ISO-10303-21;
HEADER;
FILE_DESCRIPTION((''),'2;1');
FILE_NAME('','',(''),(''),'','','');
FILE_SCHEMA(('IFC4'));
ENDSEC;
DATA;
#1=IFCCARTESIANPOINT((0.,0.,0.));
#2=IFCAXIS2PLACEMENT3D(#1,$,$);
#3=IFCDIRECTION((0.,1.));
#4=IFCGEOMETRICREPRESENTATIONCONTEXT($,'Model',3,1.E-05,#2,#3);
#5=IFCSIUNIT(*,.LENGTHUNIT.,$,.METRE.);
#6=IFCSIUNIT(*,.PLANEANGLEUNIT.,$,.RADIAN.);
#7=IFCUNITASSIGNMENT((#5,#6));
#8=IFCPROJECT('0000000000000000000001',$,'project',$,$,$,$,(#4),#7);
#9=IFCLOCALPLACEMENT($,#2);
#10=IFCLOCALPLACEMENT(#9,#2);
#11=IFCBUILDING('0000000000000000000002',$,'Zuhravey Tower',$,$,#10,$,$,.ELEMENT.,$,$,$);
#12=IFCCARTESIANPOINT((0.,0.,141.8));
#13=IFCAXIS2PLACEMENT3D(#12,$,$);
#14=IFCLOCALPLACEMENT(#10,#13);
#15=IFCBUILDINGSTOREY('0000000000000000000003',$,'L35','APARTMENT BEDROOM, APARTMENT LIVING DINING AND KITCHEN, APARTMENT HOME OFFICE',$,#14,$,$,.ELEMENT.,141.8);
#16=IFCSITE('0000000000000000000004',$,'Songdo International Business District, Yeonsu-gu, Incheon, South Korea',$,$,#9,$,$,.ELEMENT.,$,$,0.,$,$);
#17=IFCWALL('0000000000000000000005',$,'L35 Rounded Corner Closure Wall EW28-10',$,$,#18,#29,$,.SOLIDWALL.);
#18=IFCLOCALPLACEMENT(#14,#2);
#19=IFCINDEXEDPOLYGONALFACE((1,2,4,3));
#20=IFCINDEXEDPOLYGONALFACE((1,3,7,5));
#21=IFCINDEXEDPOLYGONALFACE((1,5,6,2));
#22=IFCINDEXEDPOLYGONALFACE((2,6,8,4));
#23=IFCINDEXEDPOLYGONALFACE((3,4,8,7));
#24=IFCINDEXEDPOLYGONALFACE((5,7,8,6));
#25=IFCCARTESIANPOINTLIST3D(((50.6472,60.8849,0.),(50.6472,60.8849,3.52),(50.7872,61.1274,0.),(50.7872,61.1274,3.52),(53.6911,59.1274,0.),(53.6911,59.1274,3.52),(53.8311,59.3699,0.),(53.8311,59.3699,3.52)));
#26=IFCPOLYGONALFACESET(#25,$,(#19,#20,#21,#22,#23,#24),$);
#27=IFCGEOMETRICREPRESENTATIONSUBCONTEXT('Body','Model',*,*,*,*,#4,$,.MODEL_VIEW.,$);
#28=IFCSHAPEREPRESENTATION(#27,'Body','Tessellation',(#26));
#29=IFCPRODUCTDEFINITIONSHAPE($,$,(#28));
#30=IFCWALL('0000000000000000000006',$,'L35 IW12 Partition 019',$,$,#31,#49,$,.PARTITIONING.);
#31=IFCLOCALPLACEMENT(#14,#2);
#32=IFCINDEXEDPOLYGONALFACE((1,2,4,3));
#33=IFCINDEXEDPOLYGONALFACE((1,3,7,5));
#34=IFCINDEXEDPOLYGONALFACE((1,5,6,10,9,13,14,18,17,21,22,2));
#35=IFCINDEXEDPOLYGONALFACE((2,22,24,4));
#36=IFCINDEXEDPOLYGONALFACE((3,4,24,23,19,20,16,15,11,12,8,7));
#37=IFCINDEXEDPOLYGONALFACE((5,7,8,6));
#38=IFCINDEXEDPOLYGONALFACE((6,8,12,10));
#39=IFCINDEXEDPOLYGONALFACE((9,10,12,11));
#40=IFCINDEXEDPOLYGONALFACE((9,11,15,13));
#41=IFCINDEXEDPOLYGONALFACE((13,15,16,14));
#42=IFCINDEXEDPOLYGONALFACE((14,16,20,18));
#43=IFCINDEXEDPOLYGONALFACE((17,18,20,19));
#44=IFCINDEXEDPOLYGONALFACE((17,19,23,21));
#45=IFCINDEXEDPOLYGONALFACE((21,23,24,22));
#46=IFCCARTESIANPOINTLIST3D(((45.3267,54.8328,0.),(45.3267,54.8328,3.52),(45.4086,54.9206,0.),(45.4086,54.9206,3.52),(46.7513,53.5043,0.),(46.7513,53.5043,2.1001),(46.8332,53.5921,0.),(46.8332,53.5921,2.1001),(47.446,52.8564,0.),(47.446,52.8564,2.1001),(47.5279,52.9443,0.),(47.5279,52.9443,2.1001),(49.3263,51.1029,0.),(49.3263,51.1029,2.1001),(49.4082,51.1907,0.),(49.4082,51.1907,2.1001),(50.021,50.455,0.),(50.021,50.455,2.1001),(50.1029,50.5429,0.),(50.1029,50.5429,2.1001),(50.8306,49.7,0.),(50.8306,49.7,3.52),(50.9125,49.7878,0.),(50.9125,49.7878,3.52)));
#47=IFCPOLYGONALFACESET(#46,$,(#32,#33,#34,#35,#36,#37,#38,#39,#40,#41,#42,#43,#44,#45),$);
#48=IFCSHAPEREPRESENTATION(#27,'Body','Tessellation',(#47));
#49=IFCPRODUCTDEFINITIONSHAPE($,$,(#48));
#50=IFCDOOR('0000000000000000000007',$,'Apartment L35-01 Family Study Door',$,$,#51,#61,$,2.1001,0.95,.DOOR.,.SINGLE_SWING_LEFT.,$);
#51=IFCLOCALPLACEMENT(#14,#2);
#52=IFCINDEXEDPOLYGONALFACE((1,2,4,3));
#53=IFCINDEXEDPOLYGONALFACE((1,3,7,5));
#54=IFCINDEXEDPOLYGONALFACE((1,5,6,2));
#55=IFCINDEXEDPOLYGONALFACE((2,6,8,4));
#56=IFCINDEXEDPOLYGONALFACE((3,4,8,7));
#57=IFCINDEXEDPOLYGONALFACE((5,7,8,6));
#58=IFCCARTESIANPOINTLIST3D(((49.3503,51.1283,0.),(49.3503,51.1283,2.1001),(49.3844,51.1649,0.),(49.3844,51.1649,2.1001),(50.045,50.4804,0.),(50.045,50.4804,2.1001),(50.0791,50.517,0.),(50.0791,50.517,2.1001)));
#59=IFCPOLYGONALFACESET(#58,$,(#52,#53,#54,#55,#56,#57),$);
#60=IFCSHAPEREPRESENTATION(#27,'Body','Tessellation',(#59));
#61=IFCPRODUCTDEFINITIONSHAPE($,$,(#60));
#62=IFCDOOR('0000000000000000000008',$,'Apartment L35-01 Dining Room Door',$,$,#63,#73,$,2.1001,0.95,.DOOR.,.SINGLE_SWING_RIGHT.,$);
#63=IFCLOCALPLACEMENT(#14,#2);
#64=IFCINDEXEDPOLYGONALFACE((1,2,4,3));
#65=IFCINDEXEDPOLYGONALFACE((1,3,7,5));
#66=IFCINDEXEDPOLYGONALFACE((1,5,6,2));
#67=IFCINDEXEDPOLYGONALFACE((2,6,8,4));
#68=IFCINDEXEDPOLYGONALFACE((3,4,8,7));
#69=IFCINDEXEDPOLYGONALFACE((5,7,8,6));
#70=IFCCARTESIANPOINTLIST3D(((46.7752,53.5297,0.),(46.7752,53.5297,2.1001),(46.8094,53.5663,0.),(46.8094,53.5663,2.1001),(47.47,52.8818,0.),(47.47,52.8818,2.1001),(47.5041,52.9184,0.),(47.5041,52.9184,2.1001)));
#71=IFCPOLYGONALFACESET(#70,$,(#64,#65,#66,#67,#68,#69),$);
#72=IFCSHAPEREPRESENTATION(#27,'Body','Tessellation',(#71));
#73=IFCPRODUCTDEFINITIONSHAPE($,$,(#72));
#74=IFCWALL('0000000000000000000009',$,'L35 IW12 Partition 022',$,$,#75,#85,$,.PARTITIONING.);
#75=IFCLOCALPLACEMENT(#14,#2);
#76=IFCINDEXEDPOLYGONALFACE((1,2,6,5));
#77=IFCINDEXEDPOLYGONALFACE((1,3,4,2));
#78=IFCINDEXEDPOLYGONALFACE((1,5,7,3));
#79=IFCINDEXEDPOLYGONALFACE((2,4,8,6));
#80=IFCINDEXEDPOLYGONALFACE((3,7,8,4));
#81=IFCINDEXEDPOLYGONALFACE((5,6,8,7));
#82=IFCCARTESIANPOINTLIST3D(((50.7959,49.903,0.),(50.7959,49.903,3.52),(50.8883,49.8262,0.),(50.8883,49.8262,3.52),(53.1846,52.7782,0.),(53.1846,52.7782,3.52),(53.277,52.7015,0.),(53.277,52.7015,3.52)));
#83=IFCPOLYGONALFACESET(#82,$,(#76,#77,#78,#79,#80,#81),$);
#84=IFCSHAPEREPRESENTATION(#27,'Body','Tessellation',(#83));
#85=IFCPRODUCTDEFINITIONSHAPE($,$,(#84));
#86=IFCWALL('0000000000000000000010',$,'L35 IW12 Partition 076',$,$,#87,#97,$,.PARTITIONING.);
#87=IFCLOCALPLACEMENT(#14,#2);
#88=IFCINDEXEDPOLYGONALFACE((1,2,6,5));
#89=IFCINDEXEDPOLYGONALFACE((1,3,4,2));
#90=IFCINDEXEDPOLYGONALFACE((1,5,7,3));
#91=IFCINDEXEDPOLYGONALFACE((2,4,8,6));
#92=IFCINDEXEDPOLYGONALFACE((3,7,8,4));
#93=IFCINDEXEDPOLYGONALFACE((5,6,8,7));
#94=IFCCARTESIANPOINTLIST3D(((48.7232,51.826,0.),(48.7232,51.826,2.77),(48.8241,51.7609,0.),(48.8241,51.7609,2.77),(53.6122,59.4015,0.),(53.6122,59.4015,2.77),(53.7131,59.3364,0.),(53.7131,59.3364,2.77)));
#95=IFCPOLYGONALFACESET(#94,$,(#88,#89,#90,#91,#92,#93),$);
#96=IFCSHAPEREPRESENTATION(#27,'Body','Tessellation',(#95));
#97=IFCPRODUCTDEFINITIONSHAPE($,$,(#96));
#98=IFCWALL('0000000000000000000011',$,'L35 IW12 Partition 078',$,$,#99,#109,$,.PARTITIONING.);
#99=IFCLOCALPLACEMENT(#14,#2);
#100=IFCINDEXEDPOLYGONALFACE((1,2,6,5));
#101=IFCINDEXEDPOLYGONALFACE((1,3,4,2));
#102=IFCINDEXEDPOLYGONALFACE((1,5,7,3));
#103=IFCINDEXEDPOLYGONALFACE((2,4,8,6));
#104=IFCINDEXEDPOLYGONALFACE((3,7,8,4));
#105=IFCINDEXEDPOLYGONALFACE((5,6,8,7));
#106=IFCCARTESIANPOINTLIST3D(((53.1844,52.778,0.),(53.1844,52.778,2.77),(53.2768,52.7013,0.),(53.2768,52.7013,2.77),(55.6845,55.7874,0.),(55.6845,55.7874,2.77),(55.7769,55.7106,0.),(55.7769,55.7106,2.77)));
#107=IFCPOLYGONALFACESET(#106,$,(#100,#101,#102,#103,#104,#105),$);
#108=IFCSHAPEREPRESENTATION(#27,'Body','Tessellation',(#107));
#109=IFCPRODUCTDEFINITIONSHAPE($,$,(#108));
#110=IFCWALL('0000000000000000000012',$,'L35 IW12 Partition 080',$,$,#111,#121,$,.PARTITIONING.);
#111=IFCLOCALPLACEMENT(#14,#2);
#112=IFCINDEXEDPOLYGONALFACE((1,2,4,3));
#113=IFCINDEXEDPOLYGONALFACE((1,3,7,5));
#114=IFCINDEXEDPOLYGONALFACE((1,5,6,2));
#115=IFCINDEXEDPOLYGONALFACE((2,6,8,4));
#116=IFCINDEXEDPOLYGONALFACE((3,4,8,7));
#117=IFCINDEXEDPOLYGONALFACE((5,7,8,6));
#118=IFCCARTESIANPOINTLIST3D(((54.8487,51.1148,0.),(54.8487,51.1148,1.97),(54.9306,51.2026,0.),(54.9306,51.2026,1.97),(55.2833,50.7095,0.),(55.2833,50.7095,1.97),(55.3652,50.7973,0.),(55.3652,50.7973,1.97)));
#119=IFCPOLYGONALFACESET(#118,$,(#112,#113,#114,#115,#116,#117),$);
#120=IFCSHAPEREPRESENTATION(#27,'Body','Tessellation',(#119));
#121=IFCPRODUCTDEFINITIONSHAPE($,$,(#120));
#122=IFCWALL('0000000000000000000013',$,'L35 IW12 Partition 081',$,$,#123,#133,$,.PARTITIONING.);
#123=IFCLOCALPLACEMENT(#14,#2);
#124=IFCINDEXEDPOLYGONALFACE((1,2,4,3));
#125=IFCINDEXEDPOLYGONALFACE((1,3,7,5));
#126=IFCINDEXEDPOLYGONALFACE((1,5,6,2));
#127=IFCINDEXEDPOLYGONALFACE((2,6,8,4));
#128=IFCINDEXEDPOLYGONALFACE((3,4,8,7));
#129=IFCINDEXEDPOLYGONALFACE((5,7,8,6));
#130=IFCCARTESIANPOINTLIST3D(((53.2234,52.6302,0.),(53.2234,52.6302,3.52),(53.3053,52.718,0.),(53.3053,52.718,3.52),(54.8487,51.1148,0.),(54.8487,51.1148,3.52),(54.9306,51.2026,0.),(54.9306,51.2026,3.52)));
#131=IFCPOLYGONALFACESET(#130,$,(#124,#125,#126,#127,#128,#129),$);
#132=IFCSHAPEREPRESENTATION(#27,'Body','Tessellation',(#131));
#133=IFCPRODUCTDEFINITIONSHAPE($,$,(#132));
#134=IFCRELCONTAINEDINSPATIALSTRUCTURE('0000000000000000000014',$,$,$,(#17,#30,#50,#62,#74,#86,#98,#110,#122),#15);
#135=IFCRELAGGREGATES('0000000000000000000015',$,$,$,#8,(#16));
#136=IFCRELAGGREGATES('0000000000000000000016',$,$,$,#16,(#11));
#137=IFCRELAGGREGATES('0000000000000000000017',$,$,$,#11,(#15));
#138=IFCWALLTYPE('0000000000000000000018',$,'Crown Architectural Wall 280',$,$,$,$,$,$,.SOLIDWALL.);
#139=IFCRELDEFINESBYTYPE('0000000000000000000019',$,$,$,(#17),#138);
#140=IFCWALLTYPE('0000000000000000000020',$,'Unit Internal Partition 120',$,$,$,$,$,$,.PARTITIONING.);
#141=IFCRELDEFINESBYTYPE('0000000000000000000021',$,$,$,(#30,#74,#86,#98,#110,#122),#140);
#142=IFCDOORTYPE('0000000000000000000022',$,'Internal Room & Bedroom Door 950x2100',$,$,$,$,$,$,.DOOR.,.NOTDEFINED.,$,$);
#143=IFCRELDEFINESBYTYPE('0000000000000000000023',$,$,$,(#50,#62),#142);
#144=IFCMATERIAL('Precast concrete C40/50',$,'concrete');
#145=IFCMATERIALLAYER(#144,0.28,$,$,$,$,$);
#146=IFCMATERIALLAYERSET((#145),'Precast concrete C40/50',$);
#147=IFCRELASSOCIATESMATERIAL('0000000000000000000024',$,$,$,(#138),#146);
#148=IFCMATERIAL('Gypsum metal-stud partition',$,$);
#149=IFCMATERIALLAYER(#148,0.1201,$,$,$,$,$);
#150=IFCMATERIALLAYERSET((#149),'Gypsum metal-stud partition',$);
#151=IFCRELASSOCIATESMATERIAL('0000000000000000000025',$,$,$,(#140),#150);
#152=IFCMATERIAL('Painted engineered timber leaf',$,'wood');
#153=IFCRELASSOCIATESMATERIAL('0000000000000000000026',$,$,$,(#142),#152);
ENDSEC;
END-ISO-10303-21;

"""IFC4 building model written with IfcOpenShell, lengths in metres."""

from ifc_helpers import new_model, si_unit, direction, frame, frame_2d, origin, place, context, subcontext, project, spatial, rectangle, extrude, material, layer, layer_set, type_object, element, fill, save


model = new_model("IFC4")

# Units and contexts
model_context = context("Model", 3, precision=1e-05, world=origin(), true_north=direction((0.0, 1.0)))
body_context = subcontext(model_context, "Body", "Model", "MODEL_VIEW")
ifc_project = project(units=[si_unit("LENGTHUNIT", "METRE"), si_unit("PLANEANGLEUNIT", "RADIAN")], contexts=[model_context])

# Site, building, storey
site_placement = place(None, origin())
site = spatial("IfcSite", under=ifc_project, at=site_placement, Name="Songdo International Business District, Yeonsu-gu, Incheon, South Korea", CompositionType="ELEMENT", RefElevation=0.0)
building_placement = place(site_placement, origin())
building = spatial("IfcBuilding", under=site, at=building_placement, Name="Zuhravey Tower", CompositionType="ELEMENT")
storey_placement = place(building_placement, frame((0.0, 0.0, 141.8)))
storey = spatial("IfcBuildingStorey", under=building, at=storey_placement, Name="L35", Description="APARTMENT BEDROOM, APARTMENT LIVING DINING AND KITCHEN, APARTMENT HOME OFFICE", CompositionType="ELEMENT", Elevation=141.8)

# Wall
ifc_material_1 = material(Name="Precast concrete C40/50", Category="concrete")
ifc_layer_1 = layer(ifc_material_1, 0.28)
ifc_layer_set_1 = layer_set([ifc_layer_1], Name="Precast concrete C40/50")
wall_type_1 = type_object("IfcWallType", Name="Crown Architectural Wall 280", PredefinedType="SOLIDWALL", material=ifc_layer_set_1)
wall_1_placement = place(storey_placement, frame((50.7173, 61.0061, 0.0), z_axis=(0.0, 0.0, 1.0), x_axis=(0.866007, -0.500031, 0.0)))
element("IfcWall", 1, at=wall_1_placement, inside=storey, type_object=wall_type_1, Name="L35 Rounded Corner Closure Wall EW28-10", PredefinedType="SOLIDWALL", context=body_context, shape_type="SweptSolid", body=[
    extrude(rectangle(XDim=3.5149, YDim=0.28, at=frame_2d((1.7573, 0.0))), origin(), (0.0, 0.0, 1.0), 3.52),
])

# Wall, openings, doors
ifc_material_2 = material(Name="Gypsum metal-stud partition")
ifc_layer_2 = layer(ifc_material_2, 0.1201)
ifc_layer_set_2 = layer_set([ifc_layer_2], Name="Gypsum metal-stud partition")
wall_type_2 = type_object("IfcWallType", Name="Unit Internal Partition 120", PredefinedType="PARTITIONING", material=ifc_layer_set_2)
wall_2_placement = place(storey_placement, frame((50.8716, 49.7439, 0.0), z_axis=(0.0, 0.0, 1.0), x_axis=(-0.731331, 0.682022, 0.0)))
wall_2 = element("IfcWall", 2, at=wall_2_placement, inside=storey, type_object=wall_type_2, Name="L35 IW12 Partition 019", PredefinedType="PARTITIONING", context=body_context, shape_type="SweptSolid", body=[
    extrude(rectangle(XDim=7.5259, YDim=0.1201, at=frame_2d((3.7629, 0.0))), origin(), (0.0, 0.0, 1.0), 3.52),
])
opening_1_placement = place(wall_2_placement, frame((1.1069, 0.0, 0.0)))
opening_1 = element("IfcOpeningElement", 3, at=opening_1_placement, cuts=wall_2, PredefinedType="OPENING", context=body_context, shape_type="SweptSolid", body=[
    extrude(rectangle(XDim=0.95, YDim=2.1001, at=frame_2d((0.4751, 1.05))), frame((0.0, 0.072, 0.0), z_axis=(0.0, -1.0, 0.0), x_axis=(1.0, 0.0, 0.0)), (0.0, 0.0, 1.0), 0.144),
])
opening_2_placement = place(wall_2_placement, frame((4.6279, 0.0, 0.0)))
opening_2 = element("IfcOpeningElement", 4, at=opening_2_placement, cuts=wall_2, PredefinedType="OPENING", context=body_context, shape_type="SweptSolid", body=[
    extrude(rectangle(XDim=0.95, YDim=2.1001, at=frame_2d((0.4751, 1.05))), frame((0.0, 0.072, 0.0), z_axis=(0.0, -1.0, 0.0), x_axis=(1.0, 0.0, 0.0)), (0.0, 0.0, 1.0), 0.144),
])
ifc_material_3 = material(Name="Painted engineered timber leaf", Category="wood")
door_type = type_object("IfcDoorType", Name="Internal Room & Bedroom Door 950x2100", OperationType="NOTDEFINED", PredefinedType="DOOR", material=ifc_material_3)
door_1_placement = place(opening_1_placement, frame((0.95, 0.0, 0.0), z_axis=(0.0, 0.0, 1.0), x_axis=(-1.0, 0.0, 0.0)))
door_1 = element("IfcDoor", 5, at=door_1_placement, inside=storey, type_object=door_type, Name="Apartment L35-01 Family Study Door", OperationType="SINGLE_SWING_LEFT", OverallHeight=2.1001, OverallWidth=0.95, PredefinedType="DOOR", context=body_context, shape_type="SweptSolid", body=[
    extrude(rectangle(XDim=0.95, YDim=2.1001, at=frame_2d((0.4751, 1.05))), frame((0.0, 0.0249, 0.0), z_axis=(0.0, -1.0, 0.0), x_axis=(1.0, 0.0, 0.0)), (0.0, 0.0, 1.0), 0.05),
])
fill(opening_1, door_1)
door_2_placement = place(opening_2_placement, frame((0.95, 0.0, 0.0), z_axis=(0.0, 0.0, 1.0), x_axis=(-1.0, 0.0, 0.0)))
door_2 = element("IfcDoor", 6, at=door_2_placement, inside=storey, type_object=door_type, Name="Apartment L35-01 Dining Room Door", OperationType="SINGLE_SWING_RIGHT", OverallHeight=2.1001, OverallWidth=0.95, PredefinedType="DOOR", context=body_context, shape_type="SweptSolid", body=[
    extrude(rectangle(XDim=0.95, YDim=2.1001, at=frame_2d((0.4751, 1.05))), frame((0.0, 0.0249, 0.0), z_axis=(0.0, -1.0, 0.0), x_axis=(1.0, 0.0, 0.0)), (0.0, 0.0, 1.0), 0.05),
])
fill(opening_2, door_2)

# Walls
wall_3_placement = place(storey_placement, frame((50.842, 49.8645, 0.0), z_axis=(0.0, 0.0, 1.0), x_axis=(0.639021, 0.769189, 0.0)))
element("IfcWall", 7, at=wall_3_placement, inside=storey, type_object=wall_type_2, Name="L35 IW12 Partition 022", PredefinedType="PARTITIONING", context=body_context, shape_type="SweptSolid", body=[
    extrude(rectangle(XDim=3.738, YDim=0.1201, at=frame_2d((1.8691, 0.0))), origin(), (0.0, 0.0, 1.0), 3.52),
])
wall_4_placement = place(storey_placement, frame((48.7737, 51.7935, 0.0), z_axis=(0.0, 0.0, 1.0), x_axis=(0.542247, 0.840219, 0.0)))
element("IfcWall", 8, at=wall_4_placement, inside=storey, type_object=wall_type_2, Name="L35 IW12 Partition 076", PredefinedType="PARTITIONING", context=body_context, shape_type="SweptSolid", body=[
    extrude(rectangle(XDim=9.0161, YDim=0.1201, at=frame_2d((4.5081, 0.0))), origin(), (0.0, 0.0, 1.0), 2.77),
])
wall_5_placement = place(storey_placement, frame((53.2307, 52.7397, 0.0), z_axis=(0.0, 0.0, 1.0), x_axis=(0.639017, 0.769192, 0.0)))
element("IfcWall", 9, at=wall_5_placement, inside=storey, type_object=wall_type_2, Name="L35 IW12 Partition 078", PredefinedType="PARTITIONING", context=body_context, shape_type="SweptSolid", body=[
    extrude(rectangle(XDim=3.9124, YDim=0.1201, at=frame_2d((1.9561, 0.0))), origin(), (0.0, 0.0, 1.0), 2.77),
])
wall_6_placement = place(storey_placement, frame((55.3242, 50.7534, 0.0), z_axis=(0.0, 0.0, 1.0), x_axis=(-0.731328, 0.682025, 0.0)))
element("IfcWall", 10, at=wall_6_placement, inside=storey, type_object=wall_type_2, Name="L35 IW12 Partition 080", PredefinedType="PARTITIONING", context=body_context, shape_type="SweptSolid", body=[
    extrude(rectangle(XDim=0.5942, YDim=0.1201, at=frame_2d((0.2971, 0.0))), origin(), (0.0, 0.0, 1.0), 1.97),
])
wall_7_placement = place(storey_placement, frame((54.8896, 51.1587, 0.0), z_axis=(0.0, 0.0, 1.0), x_axis=(-0.731395, 0.681954, 0.0)))
element("IfcWall", 11, at=wall_7_placement, inside=storey, type_object=wall_type_2, Name="L35 IW12 Partition 081", PredefinedType="PARTITIONING", context=body_context, shape_type="SweptSolid", body=[
    extrude(rectangle(XDim=2.2222, YDim=0.1201, at=frame_2d((1.1111, 0.0))), origin(), (0.0, 0.0, 1.0), 3.52),
])

save(model, "model.ifc")
